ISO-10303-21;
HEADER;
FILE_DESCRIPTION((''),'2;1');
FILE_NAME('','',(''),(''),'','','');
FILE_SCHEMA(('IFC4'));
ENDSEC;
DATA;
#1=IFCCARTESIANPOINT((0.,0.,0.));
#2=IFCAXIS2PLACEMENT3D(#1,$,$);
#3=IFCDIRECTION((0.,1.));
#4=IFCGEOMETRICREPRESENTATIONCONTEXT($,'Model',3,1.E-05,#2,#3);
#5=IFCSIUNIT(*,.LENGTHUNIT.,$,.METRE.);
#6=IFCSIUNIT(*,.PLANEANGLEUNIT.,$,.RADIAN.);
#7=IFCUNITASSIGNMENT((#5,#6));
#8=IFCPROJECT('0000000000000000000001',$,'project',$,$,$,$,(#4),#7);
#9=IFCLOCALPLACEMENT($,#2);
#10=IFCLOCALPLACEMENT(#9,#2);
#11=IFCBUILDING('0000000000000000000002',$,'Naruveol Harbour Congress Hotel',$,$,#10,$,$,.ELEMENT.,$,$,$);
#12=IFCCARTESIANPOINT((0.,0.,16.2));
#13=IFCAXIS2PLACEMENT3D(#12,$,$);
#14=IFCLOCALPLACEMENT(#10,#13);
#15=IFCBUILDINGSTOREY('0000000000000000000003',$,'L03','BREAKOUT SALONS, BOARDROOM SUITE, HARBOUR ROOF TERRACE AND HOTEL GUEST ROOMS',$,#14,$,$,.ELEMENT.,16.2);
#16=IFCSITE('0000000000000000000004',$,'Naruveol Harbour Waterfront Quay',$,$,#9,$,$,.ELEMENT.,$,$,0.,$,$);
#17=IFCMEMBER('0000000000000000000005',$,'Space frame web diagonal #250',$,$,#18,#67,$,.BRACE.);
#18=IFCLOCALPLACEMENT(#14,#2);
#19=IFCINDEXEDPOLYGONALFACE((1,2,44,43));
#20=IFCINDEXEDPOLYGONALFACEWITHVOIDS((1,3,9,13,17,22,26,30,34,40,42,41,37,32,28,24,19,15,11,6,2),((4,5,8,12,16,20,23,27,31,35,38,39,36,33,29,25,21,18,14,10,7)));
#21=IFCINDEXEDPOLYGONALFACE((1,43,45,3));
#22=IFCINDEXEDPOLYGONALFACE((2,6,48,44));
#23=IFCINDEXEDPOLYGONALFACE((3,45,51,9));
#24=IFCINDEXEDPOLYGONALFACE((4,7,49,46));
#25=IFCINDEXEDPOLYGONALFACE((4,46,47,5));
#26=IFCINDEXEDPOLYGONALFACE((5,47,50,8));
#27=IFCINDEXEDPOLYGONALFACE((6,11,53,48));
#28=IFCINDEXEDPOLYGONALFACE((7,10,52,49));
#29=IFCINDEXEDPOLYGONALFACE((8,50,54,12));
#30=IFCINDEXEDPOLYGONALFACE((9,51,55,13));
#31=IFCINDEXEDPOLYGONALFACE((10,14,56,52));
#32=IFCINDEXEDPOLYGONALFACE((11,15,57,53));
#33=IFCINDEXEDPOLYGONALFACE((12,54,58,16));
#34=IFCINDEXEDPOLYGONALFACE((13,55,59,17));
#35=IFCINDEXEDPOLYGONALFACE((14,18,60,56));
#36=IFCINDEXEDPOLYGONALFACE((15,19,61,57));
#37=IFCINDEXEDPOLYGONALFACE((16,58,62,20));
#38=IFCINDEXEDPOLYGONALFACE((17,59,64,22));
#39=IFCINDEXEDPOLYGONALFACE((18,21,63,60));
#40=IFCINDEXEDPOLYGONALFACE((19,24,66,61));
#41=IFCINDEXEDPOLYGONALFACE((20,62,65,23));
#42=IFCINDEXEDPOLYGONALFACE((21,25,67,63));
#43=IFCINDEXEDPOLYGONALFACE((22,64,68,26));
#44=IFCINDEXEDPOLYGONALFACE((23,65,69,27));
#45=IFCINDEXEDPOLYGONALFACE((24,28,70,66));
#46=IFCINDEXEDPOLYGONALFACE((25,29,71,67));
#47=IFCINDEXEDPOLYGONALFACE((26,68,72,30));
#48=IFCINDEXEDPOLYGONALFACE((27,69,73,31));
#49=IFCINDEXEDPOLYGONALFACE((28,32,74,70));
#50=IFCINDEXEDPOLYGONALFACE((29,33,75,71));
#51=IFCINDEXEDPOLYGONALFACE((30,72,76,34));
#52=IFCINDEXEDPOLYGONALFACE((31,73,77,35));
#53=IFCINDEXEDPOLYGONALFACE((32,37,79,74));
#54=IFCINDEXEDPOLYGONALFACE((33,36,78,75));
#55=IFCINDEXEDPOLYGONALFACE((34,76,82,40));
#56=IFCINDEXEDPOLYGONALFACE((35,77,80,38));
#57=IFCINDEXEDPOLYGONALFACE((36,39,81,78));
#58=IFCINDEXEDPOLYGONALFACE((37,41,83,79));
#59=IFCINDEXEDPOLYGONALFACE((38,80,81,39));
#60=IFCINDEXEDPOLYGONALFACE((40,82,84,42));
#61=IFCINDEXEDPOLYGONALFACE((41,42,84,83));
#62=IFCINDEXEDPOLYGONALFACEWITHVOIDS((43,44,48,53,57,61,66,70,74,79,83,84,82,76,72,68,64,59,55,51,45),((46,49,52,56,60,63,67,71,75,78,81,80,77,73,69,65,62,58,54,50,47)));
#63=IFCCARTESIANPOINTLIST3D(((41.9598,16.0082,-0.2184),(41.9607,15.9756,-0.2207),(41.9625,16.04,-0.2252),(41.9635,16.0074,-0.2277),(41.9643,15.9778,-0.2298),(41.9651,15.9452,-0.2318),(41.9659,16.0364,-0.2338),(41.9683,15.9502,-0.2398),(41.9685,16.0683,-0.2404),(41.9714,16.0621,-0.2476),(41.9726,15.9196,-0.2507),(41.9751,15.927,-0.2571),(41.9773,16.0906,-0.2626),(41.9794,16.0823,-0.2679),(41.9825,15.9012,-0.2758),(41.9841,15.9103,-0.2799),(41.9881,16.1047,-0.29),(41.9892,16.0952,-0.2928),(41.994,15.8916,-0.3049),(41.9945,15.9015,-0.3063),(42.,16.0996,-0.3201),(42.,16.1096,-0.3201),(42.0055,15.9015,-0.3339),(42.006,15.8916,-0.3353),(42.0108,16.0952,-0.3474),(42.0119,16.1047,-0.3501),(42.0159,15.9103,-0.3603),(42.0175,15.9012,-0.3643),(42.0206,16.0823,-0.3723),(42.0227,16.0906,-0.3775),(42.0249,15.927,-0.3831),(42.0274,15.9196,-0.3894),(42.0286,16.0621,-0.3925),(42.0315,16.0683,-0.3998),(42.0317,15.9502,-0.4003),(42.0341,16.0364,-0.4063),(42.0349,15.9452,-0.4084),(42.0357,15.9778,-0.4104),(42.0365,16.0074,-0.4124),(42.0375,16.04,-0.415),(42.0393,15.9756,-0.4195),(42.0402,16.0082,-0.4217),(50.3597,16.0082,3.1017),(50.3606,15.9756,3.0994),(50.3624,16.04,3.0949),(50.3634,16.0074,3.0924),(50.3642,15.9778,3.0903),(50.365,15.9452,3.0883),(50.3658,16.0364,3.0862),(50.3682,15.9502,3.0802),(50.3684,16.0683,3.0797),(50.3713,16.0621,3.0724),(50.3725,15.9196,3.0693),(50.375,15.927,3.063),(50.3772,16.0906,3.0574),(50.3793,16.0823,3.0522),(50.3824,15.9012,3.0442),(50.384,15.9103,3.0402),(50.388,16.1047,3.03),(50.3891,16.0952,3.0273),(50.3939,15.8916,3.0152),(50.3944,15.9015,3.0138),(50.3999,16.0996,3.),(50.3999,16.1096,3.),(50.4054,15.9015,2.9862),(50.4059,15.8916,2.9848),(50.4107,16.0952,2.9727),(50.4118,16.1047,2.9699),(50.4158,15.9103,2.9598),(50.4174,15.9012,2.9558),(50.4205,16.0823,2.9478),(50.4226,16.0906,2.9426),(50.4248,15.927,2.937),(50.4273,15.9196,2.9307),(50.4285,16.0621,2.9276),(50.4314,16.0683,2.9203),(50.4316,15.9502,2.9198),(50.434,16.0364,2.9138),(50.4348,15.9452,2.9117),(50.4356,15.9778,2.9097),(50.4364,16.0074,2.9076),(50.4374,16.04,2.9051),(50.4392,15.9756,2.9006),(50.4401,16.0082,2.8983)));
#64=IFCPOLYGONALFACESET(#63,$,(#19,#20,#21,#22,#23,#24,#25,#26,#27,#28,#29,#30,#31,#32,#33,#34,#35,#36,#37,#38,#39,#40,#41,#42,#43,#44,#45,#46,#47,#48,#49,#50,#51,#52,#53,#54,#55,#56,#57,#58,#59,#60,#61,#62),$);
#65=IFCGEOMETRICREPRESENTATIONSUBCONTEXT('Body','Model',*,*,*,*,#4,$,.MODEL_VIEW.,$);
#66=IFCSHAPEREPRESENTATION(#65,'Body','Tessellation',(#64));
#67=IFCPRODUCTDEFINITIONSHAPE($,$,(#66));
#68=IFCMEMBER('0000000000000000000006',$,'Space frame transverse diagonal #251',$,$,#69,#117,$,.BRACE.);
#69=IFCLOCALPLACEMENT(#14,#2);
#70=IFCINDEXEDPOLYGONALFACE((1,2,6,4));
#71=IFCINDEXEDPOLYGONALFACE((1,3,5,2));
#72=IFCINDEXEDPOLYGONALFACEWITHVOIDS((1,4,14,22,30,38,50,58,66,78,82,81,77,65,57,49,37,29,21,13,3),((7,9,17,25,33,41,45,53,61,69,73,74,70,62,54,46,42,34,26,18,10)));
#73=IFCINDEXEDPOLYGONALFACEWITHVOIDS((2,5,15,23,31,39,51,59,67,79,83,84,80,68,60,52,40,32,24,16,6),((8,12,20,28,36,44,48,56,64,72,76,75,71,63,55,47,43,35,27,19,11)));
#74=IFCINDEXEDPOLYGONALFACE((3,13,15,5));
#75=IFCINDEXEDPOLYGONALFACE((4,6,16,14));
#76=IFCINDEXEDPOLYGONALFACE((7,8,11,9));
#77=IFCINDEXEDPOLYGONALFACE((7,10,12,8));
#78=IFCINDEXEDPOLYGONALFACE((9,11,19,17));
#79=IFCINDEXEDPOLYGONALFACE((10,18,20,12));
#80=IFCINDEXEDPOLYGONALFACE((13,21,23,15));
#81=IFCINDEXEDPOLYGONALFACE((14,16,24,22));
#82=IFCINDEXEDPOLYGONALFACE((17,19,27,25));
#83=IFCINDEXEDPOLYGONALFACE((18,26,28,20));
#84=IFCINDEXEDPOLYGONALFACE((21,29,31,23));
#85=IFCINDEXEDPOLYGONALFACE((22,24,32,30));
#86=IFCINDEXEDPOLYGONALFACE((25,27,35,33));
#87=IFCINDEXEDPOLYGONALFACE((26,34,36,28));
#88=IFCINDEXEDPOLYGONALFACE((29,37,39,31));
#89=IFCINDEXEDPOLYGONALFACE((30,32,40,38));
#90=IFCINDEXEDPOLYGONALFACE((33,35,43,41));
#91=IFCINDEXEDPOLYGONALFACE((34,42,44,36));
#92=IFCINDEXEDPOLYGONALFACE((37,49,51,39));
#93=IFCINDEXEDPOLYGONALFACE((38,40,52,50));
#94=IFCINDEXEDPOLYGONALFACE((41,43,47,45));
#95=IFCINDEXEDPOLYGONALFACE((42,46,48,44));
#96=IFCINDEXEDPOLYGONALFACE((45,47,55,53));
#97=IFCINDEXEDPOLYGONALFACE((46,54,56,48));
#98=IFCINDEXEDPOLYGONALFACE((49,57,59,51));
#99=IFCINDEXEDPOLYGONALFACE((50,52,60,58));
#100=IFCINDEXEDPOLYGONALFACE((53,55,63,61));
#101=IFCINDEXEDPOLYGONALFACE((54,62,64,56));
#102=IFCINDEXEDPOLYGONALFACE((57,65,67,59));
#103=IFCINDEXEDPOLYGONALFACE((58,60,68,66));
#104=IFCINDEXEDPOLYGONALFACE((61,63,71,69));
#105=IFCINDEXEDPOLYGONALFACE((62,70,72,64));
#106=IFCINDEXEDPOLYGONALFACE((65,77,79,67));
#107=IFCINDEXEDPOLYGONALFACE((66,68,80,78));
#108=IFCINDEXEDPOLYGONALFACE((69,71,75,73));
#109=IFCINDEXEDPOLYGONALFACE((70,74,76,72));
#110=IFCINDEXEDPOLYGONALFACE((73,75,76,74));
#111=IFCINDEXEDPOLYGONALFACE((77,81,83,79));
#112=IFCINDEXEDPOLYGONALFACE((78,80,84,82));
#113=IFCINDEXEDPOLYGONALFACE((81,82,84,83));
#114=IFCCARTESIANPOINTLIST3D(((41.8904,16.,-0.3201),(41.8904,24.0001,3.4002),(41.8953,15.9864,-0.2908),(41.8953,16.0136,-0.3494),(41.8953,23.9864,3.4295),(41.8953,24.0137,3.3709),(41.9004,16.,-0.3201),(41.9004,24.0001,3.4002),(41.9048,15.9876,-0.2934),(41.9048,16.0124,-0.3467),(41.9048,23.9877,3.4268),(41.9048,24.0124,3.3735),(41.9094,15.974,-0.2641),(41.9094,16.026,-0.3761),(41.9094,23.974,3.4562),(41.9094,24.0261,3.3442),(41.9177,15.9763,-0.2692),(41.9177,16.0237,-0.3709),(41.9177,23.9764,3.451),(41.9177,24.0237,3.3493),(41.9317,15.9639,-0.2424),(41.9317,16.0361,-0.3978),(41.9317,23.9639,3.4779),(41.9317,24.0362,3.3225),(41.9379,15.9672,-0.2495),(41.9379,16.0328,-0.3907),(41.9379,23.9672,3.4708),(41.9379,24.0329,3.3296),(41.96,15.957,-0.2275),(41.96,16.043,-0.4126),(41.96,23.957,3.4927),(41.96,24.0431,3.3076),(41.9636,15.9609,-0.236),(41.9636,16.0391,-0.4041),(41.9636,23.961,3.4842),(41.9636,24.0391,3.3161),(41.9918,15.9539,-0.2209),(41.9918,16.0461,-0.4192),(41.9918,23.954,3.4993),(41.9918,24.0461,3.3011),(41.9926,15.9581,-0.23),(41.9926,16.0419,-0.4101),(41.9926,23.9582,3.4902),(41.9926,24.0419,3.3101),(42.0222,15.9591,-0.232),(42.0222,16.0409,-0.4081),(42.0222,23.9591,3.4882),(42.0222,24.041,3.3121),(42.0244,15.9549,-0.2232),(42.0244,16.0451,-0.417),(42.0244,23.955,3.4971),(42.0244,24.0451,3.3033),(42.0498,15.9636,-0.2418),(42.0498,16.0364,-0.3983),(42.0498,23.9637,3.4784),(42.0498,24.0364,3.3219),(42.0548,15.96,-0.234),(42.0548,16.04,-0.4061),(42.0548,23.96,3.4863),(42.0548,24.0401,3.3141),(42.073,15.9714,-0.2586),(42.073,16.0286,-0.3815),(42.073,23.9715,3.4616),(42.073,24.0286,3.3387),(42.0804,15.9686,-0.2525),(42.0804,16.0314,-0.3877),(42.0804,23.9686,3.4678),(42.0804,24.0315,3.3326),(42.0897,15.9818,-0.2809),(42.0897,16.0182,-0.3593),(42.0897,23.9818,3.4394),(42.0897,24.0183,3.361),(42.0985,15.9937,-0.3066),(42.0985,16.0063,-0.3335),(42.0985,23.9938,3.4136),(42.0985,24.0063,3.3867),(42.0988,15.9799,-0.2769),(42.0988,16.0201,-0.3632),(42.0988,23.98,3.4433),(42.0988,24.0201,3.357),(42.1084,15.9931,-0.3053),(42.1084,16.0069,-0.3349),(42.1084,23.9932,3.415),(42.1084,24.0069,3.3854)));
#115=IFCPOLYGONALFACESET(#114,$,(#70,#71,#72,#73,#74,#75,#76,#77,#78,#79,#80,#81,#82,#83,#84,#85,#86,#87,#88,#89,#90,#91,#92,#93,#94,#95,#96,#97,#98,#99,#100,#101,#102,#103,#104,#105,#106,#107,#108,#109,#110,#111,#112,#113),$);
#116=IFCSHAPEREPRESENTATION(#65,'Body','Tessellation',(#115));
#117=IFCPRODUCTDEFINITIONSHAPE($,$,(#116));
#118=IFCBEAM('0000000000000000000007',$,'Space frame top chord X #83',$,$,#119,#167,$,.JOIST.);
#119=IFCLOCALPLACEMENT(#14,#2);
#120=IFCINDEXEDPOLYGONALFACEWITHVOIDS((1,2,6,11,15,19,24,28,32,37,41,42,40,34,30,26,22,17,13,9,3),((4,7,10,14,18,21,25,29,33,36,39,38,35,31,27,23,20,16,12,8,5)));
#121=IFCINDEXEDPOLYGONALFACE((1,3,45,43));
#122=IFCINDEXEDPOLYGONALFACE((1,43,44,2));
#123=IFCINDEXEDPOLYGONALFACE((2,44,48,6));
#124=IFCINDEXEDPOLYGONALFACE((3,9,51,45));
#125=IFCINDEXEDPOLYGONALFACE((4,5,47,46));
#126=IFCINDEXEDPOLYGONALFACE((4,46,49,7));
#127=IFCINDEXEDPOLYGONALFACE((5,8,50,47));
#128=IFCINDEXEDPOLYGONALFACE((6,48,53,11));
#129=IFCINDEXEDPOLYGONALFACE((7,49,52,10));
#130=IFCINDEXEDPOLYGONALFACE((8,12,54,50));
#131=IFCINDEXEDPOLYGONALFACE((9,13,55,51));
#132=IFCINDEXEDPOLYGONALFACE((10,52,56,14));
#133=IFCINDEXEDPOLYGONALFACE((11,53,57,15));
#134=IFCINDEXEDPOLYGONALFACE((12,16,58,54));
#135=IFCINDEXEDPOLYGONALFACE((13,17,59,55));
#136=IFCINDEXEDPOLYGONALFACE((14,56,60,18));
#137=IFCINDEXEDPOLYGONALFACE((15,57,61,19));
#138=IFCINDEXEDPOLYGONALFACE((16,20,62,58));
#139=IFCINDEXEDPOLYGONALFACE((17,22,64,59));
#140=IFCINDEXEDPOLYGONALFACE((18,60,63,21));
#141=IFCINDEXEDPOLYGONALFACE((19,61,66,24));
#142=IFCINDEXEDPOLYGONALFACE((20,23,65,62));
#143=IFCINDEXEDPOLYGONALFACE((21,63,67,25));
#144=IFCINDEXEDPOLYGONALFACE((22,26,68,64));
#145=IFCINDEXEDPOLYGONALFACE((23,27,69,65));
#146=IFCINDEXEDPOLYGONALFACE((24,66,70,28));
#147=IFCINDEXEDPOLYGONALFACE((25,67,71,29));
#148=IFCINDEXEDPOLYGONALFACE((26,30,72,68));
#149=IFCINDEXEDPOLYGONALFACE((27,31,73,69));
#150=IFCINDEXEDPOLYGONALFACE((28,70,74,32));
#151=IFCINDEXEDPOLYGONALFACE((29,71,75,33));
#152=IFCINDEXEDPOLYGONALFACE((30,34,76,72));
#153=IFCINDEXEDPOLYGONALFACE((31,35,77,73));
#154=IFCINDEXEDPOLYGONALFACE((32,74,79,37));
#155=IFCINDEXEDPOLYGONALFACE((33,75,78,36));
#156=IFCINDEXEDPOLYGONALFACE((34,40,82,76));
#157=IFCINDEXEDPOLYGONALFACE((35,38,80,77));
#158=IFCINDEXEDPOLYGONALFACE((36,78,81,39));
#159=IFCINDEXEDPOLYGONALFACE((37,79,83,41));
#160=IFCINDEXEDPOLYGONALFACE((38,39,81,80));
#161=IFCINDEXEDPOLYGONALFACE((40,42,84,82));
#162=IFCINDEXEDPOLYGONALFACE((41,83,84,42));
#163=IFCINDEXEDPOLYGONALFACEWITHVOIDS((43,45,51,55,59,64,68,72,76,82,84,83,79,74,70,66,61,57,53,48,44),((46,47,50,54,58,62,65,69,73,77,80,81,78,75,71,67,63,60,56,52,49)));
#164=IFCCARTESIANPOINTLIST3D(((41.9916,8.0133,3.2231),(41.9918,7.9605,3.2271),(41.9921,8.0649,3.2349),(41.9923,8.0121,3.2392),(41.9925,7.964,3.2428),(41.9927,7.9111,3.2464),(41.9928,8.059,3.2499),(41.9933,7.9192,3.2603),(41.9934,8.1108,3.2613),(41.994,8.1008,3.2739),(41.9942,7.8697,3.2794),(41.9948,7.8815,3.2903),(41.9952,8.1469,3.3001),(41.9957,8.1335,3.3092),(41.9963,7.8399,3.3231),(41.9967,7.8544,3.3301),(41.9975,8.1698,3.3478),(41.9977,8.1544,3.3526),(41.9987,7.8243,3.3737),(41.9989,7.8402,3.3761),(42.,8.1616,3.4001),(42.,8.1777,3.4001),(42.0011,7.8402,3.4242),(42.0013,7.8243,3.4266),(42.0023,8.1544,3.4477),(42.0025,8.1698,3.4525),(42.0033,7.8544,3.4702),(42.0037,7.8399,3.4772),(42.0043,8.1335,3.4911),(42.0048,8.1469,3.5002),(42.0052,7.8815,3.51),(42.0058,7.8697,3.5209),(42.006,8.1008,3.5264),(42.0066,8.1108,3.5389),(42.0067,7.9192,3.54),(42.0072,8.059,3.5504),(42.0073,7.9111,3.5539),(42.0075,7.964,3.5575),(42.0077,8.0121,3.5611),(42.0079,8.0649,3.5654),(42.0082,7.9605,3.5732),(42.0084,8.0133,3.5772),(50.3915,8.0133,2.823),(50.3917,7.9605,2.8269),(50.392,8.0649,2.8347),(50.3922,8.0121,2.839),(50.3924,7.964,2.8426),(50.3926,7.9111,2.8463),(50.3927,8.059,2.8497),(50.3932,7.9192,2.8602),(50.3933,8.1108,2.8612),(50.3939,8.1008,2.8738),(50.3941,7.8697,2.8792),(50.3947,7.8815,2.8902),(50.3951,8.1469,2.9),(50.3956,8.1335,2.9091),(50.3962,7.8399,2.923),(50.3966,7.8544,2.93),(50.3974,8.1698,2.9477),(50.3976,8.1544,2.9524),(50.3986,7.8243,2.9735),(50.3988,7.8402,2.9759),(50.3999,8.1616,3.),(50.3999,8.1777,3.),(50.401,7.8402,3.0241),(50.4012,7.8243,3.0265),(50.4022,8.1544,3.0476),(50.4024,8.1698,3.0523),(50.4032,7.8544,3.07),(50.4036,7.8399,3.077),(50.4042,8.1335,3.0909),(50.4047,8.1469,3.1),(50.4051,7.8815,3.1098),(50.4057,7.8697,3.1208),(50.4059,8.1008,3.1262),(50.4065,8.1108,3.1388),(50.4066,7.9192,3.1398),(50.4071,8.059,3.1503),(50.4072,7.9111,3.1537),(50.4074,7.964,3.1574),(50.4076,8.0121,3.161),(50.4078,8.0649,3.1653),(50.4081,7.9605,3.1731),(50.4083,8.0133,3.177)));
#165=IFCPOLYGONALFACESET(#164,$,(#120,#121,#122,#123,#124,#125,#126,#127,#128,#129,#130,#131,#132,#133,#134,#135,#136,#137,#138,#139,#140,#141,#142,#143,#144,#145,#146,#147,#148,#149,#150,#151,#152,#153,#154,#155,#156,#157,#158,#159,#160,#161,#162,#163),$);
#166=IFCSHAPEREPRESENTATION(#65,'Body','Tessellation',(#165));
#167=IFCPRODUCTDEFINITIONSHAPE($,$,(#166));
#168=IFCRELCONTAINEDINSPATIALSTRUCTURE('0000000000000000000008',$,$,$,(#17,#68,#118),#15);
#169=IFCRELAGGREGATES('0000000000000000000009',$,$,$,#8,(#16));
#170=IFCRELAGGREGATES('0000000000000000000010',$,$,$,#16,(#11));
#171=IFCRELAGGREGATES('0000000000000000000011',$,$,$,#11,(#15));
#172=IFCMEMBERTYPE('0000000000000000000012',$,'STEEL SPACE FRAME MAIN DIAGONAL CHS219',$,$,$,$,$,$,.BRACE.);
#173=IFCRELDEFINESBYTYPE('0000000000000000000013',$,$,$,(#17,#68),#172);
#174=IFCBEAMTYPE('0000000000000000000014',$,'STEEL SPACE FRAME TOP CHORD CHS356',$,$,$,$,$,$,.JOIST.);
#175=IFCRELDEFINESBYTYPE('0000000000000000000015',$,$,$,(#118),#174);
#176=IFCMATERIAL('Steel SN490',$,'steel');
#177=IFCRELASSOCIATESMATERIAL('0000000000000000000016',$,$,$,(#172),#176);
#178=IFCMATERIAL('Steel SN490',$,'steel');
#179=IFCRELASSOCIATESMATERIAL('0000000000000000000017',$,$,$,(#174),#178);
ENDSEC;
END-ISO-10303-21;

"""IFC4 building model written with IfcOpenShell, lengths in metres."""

from ifc_helpers import new_model, si_unit, direction, frame, origin, origin_2d, place, context, subcontext, project, spatial, hollow_circle, extrude, material, material_profile, profile_set, type_object, element, save


model = new_model("IFC4")

# Units and contexts
model_context = context("Model", 3, precision=1e-05, world=origin(), true_north=direction((0.0, 1.0)))
body_context = subcontext(model_context, "Body", "Model", "MODEL_VIEW")
ifc_project = project(units=[si_unit("LENGTHUNIT", "METRE"), si_unit("PLANEANGLEUNIT", "RADIAN")], contexts=[model_context])

# Site, building, storey
site_placement = place(None, origin())
site = spatial("IfcSite", under=ifc_project, at=site_placement, Name="Naruveol Harbour Waterfront Quay", CompositionType="ELEMENT", RefElevation=0.0)
building_placement = place(site_placement, origin())
building = spatial("IfcBuilding", under=site, at=building_placement, Name="Naruveol Harbour Congress Hotel", CompositionType="ELEMENT")
storey_placement = place(building_placement, frame((0.0, 0.0, 16.2)))
storey = spatial("IfcBuildingStorey", under=building, at=storey_placement, Name="L03", Description="BREAKOUT SALONS, BOARDROOM SUITE, HARBOUR ROOF TERRACE AND HOTEL GUEST ROOMS", CompositionType="ELEMENT", Elevation=16.2)

# Members
ifc_material_1 = material(Name="Steel SN490", Category="steel")
ifc_material_profile_1 = material_profile(ifc_material_1, hollow_circle(Radius=0.1096, WallThickness=0.01, at=origin_2d()), Name="CHS-219.1x10")
ifc_profile_set_1 = profile_set([ifc_material_profile_1], Name="Steel SN490")
member_type_1 = type_object("IfcMemberType", Name="STEEL SPACE FRAME MAIN DIAGONAL CHS219", PredefinedType="BRACE", material=ifc_profile_set_1)
member_1_placement = place(storey_placement, frame((42.0, 16.0, -0.3201), z_axis=(0.929992, 0.0, 0.36758), x_axis=(0.0, 1.0, 0.0)))
element("IfcMember", 1, at=member_1_placement, inside=storey, type_object=member_type_1, Name="Space frame web diagonal #250", PredefinedType="BRACE", context=body_context, shape_type="SweptSolid", body=[
    extrude(hollow_circle(Radius=0.1096, WallThickness=0.01, at=origin_2d()), origin(), (0.0, 0.0, 1.0), 9.0322),
])
member_2_placement = place(storey_placement, frame((42.0, 16.0, -0.3201), z_axis=(0.0, 0.906752, 0.421664), x_axis=(-1.0, 0.0, 0.0)))
element("IfcMember", 2, at=member_2_placement, inside=storey, type_object=member_type_1, Name="Space frame transverse diagonal #251", PredefinedType="BRACE", context=body_context, shape_type="SweptSolid", body=[
    extrude(hollow_circle(Radius=0.1096, WallThickness=0.01, at=origin_2d()), origin(), (0.0, 0.0, 1.0), 8.8228),
])

# Beam
ifc_material_2 = material(Name="Steel SN490", Category="steel")
ifc_material_profile_2 = material_profile(ifc_material_2, hollow_circle(Radius=0.1777, WallThickness=0.0161, at=origin_2d()), Name="CHS-355.6x16")
ifc_profile_set_2 = profile_set([ifc_material_profile_2], Name="Steel SN490")
beam_type_1 = type_object("IfcBeamType", Name="STEEL SPACE FRAME TOP CHORD CHS356", PredefinedType="JOIST", material=ifc_profile_set_2)
for number, where, z_axis, x_axis, name in (
    (3, (42.0, 8.0, 3.4001), (0.998867, 0.0, -0.047583), (0.0, 1.0, 0.0), "Space frame top chord X #83"),
):
    element("IfcBeam", number, at=place(storey_placement, frame(where, z_axis=z_axis, x_axis=x_axis)), inside=storey, type_object=beam_type_1, Name=name, PredefinedType="JOIST", context=body_context, shape_type="SweptSolid", body=[
        extrude(hollow_circle(Radius=0.1777, WallThickness=0.0161, at=origin_2d()), origin(), (0.0, 0.0, 1.0), 8.4094),
    ])

save(model, "model.ifc")
